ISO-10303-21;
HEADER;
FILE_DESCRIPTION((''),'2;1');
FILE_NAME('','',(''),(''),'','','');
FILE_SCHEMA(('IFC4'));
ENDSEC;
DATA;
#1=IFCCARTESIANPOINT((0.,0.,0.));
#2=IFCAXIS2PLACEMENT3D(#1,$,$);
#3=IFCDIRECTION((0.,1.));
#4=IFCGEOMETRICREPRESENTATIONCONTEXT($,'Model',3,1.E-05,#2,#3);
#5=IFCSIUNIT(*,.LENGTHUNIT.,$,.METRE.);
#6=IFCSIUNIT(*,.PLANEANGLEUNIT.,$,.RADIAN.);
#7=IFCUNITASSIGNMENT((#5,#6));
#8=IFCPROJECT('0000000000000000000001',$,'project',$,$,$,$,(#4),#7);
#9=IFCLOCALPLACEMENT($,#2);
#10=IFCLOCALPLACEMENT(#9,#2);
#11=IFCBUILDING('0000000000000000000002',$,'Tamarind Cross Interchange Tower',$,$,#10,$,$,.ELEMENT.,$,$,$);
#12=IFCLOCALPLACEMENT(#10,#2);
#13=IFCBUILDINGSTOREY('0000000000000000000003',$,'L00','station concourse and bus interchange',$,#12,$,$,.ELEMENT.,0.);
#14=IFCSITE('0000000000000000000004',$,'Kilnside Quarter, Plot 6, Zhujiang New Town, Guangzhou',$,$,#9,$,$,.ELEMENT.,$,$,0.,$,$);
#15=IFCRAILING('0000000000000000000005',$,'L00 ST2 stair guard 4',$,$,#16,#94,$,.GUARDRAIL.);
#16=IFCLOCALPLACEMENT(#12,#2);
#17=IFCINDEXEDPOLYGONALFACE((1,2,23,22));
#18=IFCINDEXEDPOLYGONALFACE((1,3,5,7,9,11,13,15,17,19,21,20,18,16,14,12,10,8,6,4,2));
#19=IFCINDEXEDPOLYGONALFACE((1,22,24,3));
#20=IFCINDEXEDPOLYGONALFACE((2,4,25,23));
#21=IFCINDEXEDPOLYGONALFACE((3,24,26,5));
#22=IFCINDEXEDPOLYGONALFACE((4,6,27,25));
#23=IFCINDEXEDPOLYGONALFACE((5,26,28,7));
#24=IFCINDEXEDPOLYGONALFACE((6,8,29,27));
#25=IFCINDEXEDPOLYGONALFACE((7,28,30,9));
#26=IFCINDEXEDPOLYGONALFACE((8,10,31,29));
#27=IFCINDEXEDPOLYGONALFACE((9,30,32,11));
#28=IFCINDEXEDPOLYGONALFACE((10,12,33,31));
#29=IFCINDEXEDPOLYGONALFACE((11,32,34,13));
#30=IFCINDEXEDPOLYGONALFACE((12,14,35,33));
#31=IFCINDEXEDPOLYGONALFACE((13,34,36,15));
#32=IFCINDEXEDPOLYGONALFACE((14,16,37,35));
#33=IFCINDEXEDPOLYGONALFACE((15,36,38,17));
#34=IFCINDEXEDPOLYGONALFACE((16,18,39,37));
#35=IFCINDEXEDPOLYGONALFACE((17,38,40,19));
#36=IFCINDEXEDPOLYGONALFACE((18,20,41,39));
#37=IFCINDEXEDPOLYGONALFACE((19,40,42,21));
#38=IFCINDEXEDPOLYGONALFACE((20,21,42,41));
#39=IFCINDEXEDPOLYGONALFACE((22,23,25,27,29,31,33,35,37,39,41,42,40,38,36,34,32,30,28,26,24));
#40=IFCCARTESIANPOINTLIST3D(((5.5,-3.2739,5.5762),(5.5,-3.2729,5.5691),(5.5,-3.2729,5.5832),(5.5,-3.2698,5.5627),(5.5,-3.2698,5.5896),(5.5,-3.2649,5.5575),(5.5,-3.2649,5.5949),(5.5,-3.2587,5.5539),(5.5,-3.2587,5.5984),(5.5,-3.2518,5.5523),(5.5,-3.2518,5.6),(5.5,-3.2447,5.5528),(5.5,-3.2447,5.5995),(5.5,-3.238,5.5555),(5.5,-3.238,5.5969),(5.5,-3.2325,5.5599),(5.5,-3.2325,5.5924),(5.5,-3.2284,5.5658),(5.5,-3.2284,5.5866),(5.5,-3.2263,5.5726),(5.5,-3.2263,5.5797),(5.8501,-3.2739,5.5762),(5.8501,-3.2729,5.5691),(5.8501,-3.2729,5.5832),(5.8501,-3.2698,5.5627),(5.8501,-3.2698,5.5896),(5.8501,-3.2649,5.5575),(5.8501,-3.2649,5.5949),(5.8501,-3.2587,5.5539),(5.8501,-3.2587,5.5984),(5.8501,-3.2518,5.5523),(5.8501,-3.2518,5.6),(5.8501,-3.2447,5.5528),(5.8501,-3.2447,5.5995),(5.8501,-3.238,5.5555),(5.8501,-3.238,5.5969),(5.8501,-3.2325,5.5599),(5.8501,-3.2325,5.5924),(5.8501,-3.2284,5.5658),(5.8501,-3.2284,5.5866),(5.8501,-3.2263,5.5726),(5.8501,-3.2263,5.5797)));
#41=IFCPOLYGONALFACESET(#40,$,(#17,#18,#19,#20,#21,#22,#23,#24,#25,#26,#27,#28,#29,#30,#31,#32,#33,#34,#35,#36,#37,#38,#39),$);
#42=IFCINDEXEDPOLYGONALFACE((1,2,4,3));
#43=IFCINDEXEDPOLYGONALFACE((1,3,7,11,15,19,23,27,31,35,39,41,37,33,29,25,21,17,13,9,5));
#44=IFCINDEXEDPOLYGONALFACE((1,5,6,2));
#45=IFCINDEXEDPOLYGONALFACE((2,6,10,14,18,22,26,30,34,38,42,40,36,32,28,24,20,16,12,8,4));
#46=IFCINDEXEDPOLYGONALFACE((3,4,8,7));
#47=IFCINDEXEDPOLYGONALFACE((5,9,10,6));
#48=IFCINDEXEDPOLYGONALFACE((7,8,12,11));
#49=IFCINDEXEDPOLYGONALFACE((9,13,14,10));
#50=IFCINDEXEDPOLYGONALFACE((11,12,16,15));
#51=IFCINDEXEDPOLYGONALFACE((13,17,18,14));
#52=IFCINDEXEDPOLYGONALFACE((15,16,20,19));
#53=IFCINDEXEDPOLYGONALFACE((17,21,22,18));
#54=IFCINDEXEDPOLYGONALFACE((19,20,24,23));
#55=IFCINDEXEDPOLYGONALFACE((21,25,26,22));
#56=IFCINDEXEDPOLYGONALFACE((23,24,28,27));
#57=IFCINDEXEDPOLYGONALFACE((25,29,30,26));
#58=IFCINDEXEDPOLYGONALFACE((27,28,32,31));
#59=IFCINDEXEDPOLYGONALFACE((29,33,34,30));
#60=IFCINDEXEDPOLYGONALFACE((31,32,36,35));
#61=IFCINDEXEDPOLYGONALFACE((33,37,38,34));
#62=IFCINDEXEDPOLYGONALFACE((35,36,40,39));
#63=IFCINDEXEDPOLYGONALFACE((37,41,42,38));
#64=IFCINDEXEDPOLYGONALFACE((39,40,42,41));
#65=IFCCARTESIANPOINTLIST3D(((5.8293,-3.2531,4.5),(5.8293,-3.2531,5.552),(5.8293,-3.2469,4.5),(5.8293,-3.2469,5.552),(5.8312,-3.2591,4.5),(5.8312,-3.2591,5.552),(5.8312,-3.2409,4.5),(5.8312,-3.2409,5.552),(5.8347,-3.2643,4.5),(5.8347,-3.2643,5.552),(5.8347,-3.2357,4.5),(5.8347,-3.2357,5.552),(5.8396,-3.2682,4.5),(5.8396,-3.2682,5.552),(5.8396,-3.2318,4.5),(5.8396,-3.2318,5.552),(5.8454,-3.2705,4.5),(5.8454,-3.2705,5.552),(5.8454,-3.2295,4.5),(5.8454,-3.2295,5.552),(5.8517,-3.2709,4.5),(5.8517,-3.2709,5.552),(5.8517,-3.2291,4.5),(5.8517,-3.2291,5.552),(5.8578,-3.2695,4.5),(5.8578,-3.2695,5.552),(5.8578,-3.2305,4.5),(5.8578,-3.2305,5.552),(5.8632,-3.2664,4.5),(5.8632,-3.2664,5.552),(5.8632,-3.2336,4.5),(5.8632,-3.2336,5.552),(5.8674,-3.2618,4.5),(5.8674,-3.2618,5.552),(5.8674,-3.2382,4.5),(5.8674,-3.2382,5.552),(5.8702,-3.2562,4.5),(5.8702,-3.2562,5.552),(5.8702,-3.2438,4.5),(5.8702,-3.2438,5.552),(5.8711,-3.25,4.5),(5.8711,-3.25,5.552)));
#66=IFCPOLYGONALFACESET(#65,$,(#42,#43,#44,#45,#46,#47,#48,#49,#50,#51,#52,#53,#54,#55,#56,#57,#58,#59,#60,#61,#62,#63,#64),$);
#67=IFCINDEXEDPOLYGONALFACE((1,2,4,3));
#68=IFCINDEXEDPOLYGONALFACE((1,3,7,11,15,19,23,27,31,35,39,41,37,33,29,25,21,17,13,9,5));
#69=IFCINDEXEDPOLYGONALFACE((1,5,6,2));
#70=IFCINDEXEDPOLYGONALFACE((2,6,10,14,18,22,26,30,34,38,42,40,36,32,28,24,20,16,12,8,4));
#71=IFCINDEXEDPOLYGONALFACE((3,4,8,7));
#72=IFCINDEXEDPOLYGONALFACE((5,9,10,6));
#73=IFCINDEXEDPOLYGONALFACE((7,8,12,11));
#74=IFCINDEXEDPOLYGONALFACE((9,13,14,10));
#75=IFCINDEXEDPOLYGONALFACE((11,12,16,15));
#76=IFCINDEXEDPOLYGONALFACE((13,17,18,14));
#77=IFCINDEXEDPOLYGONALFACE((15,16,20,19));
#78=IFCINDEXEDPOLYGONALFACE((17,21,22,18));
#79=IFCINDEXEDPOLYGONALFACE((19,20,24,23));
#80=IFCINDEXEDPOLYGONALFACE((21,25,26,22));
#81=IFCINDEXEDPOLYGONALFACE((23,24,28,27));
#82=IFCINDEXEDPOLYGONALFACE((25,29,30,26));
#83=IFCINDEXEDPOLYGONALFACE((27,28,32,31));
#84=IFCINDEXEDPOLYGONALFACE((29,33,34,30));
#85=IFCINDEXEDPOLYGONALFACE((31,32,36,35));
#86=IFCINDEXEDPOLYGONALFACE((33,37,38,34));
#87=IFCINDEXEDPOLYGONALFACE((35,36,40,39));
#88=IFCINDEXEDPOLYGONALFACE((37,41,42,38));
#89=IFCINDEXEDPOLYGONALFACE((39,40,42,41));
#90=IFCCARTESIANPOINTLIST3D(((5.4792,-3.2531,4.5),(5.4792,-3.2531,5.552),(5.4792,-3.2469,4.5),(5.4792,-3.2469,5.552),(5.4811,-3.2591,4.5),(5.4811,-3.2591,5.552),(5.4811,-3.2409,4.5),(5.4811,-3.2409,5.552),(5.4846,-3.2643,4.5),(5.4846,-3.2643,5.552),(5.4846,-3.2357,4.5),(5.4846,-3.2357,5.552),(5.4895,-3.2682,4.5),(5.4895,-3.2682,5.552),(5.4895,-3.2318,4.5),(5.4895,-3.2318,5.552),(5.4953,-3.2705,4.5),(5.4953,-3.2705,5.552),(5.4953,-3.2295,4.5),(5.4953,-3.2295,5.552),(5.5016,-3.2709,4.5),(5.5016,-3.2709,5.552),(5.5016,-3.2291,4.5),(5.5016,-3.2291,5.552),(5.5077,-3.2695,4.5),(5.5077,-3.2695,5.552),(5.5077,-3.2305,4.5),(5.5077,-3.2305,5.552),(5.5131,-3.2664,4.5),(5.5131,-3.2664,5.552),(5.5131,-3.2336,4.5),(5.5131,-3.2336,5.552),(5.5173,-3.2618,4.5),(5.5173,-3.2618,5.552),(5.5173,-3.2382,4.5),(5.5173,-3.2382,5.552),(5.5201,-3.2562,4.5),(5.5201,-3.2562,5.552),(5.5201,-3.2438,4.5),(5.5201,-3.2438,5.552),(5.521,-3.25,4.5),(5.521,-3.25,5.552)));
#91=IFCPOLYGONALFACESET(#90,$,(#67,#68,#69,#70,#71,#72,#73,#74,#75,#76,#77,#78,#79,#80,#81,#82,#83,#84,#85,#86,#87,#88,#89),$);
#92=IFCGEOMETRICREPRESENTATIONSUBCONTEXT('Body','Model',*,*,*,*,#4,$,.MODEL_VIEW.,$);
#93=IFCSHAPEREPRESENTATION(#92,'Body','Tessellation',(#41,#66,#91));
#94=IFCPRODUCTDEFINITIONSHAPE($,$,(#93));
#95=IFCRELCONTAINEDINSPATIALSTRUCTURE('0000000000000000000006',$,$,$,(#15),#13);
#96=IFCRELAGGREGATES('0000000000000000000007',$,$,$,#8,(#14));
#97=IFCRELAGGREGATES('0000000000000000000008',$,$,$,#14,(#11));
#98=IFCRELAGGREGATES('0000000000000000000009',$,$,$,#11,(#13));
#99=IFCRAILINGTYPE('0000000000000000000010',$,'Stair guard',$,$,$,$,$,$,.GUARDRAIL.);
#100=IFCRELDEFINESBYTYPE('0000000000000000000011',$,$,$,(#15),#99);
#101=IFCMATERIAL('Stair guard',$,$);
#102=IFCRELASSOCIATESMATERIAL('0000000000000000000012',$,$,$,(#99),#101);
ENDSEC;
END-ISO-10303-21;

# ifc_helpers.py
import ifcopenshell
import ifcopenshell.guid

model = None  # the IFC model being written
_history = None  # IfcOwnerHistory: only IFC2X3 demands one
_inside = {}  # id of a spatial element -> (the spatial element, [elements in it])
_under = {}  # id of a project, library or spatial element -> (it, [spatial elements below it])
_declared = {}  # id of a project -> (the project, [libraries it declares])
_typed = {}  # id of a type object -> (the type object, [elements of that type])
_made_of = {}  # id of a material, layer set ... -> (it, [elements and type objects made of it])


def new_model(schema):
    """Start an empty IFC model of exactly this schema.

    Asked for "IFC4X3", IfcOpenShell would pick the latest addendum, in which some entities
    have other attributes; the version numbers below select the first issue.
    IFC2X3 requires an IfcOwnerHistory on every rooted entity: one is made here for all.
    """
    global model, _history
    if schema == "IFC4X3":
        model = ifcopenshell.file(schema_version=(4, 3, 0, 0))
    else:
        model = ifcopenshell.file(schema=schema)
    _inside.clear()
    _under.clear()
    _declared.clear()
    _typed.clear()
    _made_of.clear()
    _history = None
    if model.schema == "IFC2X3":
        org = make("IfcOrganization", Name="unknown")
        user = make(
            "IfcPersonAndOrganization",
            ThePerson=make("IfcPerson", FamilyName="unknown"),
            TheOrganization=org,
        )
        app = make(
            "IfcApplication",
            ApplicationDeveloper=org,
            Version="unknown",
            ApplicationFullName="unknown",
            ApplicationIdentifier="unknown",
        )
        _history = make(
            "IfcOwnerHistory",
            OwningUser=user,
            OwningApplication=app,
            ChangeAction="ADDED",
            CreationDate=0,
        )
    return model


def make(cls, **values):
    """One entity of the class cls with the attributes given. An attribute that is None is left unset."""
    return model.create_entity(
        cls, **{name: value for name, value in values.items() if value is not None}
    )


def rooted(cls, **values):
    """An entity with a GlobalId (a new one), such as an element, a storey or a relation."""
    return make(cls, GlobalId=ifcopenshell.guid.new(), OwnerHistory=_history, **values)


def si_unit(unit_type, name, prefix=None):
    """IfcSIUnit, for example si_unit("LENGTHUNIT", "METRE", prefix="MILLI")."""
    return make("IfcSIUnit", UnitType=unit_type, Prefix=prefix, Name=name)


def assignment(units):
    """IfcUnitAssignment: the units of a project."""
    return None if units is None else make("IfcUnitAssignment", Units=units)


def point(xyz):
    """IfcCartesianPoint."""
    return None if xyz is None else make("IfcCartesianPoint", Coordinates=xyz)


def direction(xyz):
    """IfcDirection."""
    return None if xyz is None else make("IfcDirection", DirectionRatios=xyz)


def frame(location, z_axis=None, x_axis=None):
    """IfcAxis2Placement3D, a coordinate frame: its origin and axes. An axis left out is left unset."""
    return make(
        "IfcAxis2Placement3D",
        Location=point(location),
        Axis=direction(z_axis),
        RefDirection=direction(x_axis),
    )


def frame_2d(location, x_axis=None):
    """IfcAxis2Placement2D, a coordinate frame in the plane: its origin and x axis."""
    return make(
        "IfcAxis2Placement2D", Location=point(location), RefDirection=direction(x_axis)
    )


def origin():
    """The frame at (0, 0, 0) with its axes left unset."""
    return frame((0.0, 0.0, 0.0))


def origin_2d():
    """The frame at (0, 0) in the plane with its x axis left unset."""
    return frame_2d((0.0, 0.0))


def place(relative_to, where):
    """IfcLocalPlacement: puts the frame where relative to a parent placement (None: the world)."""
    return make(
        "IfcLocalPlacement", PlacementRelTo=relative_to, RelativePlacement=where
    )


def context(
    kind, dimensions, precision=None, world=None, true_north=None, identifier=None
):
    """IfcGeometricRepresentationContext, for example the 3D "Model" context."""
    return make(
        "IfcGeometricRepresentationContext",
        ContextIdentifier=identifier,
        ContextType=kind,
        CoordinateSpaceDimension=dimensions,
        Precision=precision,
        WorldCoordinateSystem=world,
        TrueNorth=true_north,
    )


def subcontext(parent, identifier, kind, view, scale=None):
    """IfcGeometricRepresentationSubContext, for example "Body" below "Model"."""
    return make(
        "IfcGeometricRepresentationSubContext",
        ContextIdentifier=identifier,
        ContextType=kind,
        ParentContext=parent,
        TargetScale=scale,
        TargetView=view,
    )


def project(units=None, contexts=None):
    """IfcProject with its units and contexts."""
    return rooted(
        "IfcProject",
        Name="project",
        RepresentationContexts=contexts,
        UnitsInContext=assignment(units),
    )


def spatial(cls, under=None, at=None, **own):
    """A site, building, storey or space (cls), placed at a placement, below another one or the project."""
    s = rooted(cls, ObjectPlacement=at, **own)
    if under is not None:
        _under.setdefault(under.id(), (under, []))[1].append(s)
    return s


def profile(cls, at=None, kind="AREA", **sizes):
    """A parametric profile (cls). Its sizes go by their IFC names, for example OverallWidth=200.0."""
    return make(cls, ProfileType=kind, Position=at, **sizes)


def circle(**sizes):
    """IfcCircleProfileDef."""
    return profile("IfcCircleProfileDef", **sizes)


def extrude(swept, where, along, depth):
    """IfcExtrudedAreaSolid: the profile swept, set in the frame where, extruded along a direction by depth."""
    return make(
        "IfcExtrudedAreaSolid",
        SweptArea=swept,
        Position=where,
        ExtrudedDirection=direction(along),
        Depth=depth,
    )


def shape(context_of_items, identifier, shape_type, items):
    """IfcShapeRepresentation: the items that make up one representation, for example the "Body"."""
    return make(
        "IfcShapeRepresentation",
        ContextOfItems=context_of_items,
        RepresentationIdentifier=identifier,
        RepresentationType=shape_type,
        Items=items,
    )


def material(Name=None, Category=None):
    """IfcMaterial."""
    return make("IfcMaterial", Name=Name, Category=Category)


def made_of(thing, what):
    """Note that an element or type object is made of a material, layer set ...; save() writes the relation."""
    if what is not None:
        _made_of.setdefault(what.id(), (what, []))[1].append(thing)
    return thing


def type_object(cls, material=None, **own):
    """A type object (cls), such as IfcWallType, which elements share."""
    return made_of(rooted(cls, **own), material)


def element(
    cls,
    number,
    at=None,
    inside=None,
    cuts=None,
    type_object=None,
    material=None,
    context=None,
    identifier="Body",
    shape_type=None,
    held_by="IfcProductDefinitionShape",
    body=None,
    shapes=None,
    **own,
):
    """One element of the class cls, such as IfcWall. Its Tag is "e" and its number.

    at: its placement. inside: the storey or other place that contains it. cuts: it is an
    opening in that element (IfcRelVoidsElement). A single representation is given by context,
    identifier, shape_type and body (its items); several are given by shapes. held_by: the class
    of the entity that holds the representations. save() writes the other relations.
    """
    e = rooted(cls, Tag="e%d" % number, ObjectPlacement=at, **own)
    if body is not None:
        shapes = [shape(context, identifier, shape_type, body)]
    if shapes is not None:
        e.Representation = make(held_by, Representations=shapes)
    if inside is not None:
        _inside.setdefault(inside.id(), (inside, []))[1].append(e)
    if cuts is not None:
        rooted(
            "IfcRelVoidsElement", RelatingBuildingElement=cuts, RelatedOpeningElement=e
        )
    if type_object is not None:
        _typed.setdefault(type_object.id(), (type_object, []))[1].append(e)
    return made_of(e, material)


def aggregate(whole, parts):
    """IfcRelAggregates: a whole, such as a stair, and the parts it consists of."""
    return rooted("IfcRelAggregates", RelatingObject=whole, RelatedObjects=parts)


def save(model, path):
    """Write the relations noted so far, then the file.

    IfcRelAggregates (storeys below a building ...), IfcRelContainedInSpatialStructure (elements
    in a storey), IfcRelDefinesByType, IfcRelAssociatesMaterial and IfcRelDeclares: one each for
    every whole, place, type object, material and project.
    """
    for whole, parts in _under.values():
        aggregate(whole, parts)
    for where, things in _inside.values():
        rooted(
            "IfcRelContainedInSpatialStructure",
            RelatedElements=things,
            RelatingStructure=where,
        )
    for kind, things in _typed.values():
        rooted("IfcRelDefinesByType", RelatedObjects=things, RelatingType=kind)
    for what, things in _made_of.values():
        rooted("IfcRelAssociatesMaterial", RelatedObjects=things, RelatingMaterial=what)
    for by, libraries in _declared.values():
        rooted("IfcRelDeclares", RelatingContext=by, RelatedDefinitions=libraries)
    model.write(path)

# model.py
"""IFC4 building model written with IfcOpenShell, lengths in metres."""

from ifc_helpers import new_model, si_unit, direction, frame, origin, origin_2d, place, context, subcontext, project, spatial, circle, extrude, material, type_object, element, save


model = new_model("IFC4")

# Units and contexts
model_context = context("Model", 3, precision=1e-05, world=origin(), true_north=direction((0.0, 1.0)))
body_context = subcontext(model_context, "Body", "Model", "MODEL_VIEW")
ifc_project = project(units=[si_unit("LENGTHUNIT", "METRE"), si_unit("PLANEANGLEUNIT", "RADIAN")], contexts=[model_context])

# Site, building, storey
site_placement = place(None, origin())
site = spatial("IfcSite", under=ifc_project, at=site_placement, Name="Kilnside Quarter, Plot 6, Zhujiang New Town, Guangzhou", CompositionType="ELEMENT", RefElevation=0.0)
building_placement = place(site_placement, origin())
building = spatial("IfcBuilding", under=site, at=building_placement, Name="Tamarind Cross Interchange Tower", CompositionType="ELEMENT")
storey_placement = place(building_placement, origin())
storey = spatial("IfcBuildingStorey", under=building, at=storey_placement, Name="L00", Description="station concourse and bus interchange", CompositionType="ELEMENT", Elevation=0.0)

# Railing
ifc_material_1 = material(Name="Stair guard")
railing_type = type_object("IfcRailingType", Name="Stair guard", PredefinedType="GUARDRAIL", material=ifc_material_1)
railing_1_placement = place(storey_placement, frame((5.8501, -3.25, 4.5)))
element("IfcRailing", 1, at=railing_1_placement, inside=storey, type_object=railing_type, Name="L00 ST2 stair guard 4", PredefinedType="GUARDRAIL", context=body_context, shape_type="SweptSolid", body=[
    extrude(circle(Radius=0.0239, at=origin_2d()), frame((0.0, 0.0, 1.0762), z_axis=(-1.0, 0.0, 0.0), x_axis=(0.0, -1.0, 0.0)), (0.0, 0.0, 1.0), 0.3501),
    extrude(circle(Radius=0.021, at=origin_2d()), origin(), (0.0, 0.0, 1.0), 1.052),
    extrude(circle(Radius=0.021, at=origin_2d()), frame((-0.3501, 0.0, 0.0)), (0.0, 0.0, 1.0), 1.052),
])

save(model, "model.ifc")
